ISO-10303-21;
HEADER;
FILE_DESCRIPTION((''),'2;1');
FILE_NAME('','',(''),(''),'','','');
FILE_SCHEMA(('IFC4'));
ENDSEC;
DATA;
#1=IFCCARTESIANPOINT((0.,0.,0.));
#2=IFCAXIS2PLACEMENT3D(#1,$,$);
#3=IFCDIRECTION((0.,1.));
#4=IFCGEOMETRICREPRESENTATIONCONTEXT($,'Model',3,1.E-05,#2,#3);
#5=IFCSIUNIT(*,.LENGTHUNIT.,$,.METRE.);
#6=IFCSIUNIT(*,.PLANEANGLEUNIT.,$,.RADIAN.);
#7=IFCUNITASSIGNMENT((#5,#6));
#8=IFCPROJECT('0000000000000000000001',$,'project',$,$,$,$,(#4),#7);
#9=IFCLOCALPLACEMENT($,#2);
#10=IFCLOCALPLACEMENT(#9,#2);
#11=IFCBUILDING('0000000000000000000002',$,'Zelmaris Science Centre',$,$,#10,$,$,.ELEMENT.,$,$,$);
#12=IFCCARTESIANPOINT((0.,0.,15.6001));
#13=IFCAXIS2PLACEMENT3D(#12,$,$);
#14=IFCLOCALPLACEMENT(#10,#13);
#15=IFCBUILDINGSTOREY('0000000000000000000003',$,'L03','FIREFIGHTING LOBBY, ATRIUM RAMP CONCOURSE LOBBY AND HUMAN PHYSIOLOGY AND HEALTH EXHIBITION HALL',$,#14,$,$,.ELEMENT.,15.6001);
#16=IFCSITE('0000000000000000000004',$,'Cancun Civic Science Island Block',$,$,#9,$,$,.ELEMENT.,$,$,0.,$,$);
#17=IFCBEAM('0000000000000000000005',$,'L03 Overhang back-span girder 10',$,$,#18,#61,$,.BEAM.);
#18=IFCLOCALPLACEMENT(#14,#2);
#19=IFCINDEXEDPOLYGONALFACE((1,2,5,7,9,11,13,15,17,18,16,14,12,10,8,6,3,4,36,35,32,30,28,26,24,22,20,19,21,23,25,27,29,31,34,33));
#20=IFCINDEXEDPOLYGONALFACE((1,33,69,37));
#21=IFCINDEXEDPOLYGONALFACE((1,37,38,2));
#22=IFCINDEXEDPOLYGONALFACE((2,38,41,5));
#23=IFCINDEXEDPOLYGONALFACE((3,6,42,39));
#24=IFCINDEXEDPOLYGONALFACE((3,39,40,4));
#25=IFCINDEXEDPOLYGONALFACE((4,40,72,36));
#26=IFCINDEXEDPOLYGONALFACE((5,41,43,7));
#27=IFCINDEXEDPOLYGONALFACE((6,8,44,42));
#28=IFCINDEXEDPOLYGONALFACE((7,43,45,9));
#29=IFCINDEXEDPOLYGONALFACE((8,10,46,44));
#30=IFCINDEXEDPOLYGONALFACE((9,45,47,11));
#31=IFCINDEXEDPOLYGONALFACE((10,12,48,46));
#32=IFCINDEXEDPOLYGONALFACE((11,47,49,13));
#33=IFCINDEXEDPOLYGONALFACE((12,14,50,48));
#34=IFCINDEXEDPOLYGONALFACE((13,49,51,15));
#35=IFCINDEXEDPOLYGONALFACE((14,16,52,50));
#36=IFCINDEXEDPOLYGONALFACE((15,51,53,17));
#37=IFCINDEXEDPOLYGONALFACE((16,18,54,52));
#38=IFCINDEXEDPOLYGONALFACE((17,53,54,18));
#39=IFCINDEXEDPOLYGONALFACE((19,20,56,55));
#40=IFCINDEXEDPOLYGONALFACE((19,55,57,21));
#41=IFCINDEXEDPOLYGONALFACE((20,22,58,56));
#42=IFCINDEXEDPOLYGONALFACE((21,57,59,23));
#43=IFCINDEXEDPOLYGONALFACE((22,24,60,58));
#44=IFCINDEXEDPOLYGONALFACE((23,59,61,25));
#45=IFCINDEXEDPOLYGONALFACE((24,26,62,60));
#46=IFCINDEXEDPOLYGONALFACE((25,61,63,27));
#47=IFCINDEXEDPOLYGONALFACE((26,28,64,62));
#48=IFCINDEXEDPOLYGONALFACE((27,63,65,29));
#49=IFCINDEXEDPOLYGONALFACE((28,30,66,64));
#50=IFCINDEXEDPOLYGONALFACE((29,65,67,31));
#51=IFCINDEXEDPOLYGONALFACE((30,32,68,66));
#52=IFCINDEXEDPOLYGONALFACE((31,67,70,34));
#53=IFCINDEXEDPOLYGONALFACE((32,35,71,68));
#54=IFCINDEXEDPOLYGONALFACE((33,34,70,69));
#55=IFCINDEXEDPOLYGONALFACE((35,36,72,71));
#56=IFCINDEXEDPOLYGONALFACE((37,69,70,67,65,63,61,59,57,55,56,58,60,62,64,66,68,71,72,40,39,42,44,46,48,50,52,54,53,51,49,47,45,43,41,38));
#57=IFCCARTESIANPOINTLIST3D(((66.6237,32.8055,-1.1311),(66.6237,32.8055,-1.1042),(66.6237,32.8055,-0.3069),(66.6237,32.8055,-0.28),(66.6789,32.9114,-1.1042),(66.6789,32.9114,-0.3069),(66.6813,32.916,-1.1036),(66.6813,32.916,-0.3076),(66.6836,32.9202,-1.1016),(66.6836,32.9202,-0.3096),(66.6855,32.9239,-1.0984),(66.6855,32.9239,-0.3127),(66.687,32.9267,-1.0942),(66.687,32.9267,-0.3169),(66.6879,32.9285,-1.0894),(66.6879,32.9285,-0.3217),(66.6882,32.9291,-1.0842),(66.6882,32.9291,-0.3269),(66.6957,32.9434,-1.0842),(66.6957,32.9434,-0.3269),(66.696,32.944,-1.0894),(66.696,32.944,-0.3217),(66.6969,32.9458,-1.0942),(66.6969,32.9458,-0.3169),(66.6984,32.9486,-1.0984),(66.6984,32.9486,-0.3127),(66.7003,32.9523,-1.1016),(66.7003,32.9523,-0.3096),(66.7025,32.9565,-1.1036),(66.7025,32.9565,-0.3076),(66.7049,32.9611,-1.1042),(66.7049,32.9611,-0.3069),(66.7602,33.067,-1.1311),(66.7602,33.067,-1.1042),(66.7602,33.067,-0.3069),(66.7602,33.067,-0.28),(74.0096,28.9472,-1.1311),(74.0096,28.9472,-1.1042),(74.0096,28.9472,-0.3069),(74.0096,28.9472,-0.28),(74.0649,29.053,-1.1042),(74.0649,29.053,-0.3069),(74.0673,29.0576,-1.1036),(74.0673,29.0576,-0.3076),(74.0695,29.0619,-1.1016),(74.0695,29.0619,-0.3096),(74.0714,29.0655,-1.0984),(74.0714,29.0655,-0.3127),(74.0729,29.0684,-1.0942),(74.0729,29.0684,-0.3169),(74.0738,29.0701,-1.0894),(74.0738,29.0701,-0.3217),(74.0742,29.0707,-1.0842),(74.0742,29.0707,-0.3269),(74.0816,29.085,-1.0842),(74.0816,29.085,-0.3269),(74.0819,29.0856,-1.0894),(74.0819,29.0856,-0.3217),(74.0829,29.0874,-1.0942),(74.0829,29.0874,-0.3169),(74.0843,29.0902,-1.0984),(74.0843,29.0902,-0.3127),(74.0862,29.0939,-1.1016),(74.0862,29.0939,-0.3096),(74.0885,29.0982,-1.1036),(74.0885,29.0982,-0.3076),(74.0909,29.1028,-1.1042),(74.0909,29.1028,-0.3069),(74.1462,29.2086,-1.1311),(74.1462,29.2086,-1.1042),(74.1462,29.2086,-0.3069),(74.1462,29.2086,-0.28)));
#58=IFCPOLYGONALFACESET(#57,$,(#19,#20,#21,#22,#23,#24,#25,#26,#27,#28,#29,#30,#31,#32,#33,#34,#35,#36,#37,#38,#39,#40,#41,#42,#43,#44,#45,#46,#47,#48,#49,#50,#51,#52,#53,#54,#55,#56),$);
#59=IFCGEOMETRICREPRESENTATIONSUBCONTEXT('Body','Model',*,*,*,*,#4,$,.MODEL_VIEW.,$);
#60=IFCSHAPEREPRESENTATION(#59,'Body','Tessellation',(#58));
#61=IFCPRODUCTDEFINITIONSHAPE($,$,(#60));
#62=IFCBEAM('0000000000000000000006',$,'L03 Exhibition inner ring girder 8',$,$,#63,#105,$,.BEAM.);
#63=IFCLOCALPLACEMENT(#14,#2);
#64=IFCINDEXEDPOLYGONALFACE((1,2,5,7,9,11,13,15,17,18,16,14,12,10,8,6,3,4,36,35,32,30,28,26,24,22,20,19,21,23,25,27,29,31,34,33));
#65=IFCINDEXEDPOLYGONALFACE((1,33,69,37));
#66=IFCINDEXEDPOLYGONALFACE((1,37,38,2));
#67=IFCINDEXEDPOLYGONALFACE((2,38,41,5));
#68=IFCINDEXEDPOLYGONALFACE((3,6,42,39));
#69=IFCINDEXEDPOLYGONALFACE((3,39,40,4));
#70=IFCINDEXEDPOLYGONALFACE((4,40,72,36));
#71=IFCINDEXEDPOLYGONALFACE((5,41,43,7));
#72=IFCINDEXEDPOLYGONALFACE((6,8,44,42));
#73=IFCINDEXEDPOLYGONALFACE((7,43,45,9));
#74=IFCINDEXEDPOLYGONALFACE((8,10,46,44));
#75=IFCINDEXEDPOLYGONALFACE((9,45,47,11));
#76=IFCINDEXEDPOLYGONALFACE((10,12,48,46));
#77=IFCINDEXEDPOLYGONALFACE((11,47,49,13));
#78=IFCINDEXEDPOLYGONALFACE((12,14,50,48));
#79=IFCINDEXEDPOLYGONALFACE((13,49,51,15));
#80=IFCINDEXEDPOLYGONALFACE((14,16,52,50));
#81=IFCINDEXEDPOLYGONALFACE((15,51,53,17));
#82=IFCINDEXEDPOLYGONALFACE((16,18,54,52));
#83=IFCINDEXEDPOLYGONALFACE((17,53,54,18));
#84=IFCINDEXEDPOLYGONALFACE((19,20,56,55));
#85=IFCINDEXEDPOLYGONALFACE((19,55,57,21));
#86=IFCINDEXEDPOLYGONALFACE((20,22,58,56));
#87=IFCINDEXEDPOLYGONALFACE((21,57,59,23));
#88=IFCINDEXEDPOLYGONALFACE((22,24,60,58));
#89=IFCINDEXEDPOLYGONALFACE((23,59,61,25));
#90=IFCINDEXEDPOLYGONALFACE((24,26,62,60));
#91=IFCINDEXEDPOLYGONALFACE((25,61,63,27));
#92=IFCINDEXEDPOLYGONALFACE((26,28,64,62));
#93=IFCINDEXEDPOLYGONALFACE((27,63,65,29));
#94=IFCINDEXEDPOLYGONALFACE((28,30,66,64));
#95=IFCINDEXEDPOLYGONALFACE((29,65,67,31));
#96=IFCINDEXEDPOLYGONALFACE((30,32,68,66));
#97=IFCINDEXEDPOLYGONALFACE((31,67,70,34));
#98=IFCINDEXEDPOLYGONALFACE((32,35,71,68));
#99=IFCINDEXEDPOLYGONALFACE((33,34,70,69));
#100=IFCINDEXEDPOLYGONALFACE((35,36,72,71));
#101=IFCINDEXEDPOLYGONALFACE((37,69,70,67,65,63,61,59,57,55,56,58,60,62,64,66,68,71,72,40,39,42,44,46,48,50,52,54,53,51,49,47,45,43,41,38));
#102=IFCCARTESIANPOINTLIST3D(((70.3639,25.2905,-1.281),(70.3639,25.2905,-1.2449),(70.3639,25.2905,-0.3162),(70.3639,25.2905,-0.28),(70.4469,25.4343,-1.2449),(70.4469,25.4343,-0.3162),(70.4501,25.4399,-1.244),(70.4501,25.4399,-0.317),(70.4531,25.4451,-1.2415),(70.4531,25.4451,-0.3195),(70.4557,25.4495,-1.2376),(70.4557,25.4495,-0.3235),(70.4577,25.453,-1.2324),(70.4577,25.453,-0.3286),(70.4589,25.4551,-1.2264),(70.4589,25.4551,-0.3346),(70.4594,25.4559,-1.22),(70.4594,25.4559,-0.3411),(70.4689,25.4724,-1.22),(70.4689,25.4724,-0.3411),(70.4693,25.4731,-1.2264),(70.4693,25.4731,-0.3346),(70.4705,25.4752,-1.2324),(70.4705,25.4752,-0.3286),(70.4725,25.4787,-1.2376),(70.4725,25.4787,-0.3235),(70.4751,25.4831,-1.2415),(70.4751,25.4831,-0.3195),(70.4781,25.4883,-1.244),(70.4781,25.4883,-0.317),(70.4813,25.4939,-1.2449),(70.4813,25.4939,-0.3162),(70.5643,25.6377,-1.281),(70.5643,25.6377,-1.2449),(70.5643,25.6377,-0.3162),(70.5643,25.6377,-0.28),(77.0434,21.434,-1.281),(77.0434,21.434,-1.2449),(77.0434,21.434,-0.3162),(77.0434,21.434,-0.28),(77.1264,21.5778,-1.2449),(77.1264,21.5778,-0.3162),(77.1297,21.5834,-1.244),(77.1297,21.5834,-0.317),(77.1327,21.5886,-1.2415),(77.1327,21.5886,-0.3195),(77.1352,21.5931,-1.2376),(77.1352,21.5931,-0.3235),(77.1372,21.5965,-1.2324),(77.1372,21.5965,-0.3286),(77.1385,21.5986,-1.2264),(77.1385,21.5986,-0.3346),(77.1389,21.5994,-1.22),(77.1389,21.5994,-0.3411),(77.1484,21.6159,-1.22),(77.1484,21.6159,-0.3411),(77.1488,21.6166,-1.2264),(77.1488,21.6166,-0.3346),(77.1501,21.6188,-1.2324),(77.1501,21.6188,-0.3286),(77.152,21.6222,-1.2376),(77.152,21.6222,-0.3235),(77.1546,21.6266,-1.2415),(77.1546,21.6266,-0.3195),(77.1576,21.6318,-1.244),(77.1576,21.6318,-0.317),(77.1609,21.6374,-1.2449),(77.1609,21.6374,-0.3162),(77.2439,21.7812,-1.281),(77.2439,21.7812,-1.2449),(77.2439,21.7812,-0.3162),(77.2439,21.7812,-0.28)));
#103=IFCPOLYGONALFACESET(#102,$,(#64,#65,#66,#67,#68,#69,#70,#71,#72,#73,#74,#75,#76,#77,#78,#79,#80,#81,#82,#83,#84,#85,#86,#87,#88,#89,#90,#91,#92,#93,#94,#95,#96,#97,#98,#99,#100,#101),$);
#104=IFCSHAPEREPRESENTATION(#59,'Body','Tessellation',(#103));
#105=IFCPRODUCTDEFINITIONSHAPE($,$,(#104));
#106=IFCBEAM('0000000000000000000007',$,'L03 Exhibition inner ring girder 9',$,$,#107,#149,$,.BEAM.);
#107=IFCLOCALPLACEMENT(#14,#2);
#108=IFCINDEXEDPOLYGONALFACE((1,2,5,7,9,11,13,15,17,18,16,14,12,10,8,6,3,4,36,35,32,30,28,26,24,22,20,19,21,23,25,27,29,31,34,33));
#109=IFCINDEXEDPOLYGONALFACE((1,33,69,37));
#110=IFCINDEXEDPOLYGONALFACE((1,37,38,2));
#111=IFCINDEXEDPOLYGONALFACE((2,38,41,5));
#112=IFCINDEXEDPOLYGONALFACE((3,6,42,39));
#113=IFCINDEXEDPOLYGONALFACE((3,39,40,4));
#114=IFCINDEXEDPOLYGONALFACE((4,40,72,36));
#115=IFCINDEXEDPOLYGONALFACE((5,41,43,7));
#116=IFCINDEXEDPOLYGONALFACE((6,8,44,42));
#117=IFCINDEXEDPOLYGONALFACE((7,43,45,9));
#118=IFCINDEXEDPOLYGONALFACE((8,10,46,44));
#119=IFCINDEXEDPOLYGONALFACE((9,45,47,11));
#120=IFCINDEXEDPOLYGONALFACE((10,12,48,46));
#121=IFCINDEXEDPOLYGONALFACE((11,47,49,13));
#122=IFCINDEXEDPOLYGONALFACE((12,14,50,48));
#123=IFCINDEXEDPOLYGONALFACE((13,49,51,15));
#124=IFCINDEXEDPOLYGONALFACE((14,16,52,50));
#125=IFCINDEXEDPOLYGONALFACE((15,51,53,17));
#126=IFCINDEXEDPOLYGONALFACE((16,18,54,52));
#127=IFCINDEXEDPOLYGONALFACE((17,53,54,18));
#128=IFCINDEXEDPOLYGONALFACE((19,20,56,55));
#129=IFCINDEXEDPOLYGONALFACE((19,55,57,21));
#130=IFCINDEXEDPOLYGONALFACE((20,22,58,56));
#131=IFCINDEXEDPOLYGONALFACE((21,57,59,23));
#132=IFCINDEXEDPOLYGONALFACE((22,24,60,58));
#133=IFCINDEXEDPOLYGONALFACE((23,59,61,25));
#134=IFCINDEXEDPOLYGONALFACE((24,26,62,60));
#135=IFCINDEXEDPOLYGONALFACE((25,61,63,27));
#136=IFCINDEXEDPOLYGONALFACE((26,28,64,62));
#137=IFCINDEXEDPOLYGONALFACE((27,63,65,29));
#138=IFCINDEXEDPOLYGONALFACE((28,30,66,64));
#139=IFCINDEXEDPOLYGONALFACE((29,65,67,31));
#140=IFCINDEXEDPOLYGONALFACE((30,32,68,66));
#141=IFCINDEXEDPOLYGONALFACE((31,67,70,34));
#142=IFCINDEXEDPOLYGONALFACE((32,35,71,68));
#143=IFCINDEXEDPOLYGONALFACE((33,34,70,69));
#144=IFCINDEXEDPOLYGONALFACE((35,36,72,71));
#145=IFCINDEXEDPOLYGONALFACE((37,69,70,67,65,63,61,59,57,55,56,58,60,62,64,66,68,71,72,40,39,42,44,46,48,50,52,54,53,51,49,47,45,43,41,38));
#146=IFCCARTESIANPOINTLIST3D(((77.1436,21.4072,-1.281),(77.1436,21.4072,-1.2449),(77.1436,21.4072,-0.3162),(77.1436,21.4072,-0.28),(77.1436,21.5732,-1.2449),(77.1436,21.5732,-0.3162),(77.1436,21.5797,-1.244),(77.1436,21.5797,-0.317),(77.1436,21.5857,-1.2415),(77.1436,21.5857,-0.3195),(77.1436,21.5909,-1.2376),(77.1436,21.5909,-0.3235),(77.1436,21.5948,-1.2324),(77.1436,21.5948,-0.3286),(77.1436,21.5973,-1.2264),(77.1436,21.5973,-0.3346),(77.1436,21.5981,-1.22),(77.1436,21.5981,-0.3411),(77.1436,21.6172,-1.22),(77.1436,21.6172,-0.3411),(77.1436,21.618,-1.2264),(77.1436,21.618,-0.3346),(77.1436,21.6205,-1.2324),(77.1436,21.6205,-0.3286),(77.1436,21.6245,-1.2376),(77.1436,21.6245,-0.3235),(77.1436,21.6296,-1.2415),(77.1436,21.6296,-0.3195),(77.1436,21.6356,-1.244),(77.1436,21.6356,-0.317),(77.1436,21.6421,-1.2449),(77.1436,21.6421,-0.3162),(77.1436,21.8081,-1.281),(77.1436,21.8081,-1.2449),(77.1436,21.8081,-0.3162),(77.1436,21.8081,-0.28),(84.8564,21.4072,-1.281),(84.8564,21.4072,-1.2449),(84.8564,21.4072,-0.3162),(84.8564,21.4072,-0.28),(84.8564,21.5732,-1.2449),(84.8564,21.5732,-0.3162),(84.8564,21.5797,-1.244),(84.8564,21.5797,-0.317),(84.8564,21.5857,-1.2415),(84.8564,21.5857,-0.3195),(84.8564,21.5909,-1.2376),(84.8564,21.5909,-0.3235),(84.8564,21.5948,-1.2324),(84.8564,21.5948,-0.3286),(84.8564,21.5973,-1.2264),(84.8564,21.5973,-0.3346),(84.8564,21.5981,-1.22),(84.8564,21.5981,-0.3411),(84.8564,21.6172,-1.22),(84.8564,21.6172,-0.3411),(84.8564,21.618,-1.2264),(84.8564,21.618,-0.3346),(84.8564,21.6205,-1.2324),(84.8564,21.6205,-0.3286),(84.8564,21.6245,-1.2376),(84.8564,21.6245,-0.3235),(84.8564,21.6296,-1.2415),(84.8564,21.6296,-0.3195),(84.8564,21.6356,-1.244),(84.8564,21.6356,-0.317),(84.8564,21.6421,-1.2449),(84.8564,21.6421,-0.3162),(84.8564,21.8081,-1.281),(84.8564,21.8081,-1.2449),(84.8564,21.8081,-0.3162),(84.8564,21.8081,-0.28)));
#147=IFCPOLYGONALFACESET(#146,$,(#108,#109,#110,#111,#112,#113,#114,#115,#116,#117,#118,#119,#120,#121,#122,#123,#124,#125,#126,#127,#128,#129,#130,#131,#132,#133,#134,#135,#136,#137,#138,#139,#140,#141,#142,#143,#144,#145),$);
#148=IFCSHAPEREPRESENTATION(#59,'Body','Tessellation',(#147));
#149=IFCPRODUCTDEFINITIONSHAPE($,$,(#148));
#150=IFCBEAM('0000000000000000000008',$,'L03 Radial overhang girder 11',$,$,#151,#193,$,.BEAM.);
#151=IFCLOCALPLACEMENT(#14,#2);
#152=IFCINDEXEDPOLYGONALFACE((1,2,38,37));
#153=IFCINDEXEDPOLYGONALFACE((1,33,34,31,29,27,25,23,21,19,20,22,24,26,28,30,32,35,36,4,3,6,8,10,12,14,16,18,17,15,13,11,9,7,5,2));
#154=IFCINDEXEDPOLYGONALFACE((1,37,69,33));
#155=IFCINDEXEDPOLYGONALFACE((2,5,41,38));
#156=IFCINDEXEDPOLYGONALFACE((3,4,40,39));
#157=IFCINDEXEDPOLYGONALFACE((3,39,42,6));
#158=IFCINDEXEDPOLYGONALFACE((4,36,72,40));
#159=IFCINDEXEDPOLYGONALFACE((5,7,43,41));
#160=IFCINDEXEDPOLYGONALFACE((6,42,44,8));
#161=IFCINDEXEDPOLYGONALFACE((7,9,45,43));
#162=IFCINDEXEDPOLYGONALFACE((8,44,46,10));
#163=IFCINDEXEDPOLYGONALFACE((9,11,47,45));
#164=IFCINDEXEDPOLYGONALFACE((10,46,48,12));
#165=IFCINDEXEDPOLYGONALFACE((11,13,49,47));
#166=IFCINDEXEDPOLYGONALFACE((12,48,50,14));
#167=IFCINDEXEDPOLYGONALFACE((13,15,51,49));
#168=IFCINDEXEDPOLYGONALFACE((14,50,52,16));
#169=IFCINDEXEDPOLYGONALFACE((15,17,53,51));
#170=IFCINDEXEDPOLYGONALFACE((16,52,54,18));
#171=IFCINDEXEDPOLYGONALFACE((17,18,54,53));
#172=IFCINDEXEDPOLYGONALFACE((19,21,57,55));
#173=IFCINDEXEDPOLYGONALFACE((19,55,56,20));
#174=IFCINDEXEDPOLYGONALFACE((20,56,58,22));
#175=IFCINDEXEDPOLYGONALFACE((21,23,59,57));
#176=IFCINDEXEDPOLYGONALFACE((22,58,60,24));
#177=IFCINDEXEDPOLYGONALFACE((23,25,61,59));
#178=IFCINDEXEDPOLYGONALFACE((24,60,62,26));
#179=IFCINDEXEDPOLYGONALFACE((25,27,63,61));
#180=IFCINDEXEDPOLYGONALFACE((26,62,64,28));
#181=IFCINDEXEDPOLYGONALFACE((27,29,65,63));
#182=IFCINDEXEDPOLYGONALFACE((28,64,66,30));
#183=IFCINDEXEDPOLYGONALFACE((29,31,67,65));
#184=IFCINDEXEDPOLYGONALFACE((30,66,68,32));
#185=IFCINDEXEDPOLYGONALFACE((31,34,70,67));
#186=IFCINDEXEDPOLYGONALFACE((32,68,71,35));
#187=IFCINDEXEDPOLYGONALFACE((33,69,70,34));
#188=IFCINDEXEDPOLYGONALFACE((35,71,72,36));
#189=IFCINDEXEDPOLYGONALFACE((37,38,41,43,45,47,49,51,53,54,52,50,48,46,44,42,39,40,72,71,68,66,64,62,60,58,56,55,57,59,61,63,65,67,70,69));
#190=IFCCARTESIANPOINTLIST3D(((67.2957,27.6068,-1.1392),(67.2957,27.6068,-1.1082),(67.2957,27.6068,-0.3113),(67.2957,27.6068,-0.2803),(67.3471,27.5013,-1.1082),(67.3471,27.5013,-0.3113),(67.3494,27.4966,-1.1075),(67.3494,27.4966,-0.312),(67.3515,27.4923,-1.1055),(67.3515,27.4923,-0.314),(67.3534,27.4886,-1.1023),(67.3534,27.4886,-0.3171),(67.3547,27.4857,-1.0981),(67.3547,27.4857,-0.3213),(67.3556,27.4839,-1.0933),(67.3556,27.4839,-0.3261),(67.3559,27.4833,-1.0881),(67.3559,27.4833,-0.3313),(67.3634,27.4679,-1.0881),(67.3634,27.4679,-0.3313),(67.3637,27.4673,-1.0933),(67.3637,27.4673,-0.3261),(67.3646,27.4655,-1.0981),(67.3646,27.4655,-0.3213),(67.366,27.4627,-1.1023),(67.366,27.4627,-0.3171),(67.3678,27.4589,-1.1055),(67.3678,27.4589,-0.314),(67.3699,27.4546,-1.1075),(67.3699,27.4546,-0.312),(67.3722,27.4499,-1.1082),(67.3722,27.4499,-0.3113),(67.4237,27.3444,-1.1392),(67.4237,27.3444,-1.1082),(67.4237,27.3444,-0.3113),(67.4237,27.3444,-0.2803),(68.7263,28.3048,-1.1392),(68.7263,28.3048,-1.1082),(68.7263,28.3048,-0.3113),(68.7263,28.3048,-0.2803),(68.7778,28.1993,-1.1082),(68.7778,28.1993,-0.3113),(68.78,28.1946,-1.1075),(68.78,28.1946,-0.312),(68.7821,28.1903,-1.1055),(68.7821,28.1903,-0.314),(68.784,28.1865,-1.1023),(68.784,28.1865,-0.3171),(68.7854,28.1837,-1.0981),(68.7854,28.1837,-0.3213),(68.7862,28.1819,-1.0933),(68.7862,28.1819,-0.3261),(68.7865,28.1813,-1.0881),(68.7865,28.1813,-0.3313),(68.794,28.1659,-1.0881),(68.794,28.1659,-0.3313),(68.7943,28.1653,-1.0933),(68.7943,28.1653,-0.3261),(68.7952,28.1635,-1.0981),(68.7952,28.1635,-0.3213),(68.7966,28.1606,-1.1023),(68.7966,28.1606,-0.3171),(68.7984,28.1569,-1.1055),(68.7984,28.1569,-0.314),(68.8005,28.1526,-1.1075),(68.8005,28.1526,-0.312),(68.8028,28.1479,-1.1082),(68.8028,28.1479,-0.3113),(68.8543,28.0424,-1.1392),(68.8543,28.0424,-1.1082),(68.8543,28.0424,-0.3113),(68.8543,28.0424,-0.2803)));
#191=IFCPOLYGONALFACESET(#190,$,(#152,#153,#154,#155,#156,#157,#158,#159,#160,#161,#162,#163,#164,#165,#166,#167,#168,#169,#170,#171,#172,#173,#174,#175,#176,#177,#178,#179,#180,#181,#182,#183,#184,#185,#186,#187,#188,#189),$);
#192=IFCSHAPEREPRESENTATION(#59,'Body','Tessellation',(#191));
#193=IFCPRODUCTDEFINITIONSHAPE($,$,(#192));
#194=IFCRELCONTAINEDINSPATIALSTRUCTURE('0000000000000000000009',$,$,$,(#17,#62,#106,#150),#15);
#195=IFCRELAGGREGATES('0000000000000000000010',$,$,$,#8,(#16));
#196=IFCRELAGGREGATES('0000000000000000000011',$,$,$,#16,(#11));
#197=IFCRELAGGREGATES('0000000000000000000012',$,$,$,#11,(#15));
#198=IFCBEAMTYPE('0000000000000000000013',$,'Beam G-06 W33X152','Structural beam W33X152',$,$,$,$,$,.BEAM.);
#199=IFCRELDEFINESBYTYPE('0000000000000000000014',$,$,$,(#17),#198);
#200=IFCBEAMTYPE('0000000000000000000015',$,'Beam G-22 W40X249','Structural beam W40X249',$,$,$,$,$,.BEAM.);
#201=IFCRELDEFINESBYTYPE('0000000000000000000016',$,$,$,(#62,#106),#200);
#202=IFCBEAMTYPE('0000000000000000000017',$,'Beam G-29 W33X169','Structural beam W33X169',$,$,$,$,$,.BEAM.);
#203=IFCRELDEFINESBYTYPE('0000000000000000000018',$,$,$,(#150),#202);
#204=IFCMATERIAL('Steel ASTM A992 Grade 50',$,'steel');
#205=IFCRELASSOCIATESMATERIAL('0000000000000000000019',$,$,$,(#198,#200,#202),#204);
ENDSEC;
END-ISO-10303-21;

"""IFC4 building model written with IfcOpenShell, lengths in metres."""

from ifc_helpers import new_model, si_unit, direction, frame, origin, origin_2d, place, context, subcontext, project, spatial, i_section, extrude, material, material_profile, profile_set, type_object, element, save


model = new_model("IFC4")

# Units and contexts
model_context = context("Model", 3, precision=1e-05, world=origin(), true_north=direction((0.0, 1.0)))
body_context = subcontext(model_context, "Body", "Model", "MODEL_VIEW")
ifc_project = project(units=[si_unit("LENGTHUNIT", "METRE"), si_unit("PLANEANGLEUNIT", "RADIAN")], contexts=[model_context])

# Site, building, storey
site_placement = place(None, origin())
site = spatial("IfcSite", under=ifc_project, at=site_placement, Name="Cancun Civic Science Island Block", CompositionType="ELEMENT", RefElevation=0.0)
building_placement = place(site_placement, origin())
building = spatial("IfcBuilding", under=site, at=building_placement, Name="Zelmaris Science Centre", CompositionType="ELEMENT")
storey_placement = place(building_placement, frame((0.0, 0.0, 15.6001)))
storey = spatial("IfcBuildingStorey", under=building, at=storey_placement, Name="L03", Description="FIREFIGHTING LOBBY, ATRIUM RAMP CONCOURSE LOBBY AND HUMAN PHYSIOLOGY AND HEALTH EXHIBITION HALL", CompositionType="ELEMENT", Elevation=15.6001)

# Shared definitions
ifc_material_1 = material(Name="Steel ASTM A992 Grade 50", Category="steel")

# Beams
ifc_material_profile_1 = material_profile(ifc_material_1, i_section(OverallWidth=0.2949, OverallDepth=0.8511, WebThickness=0.0161, FlangeThickness=0.0269, FilletRadius=0.02, at=origin_2d()), Name="W33X152")
ifc_profile_set_1 = profile_set([ifc_material_profile_1], Name="Steel ASTM A992 Grade 50")
beam_type_1 = type_object("IfcBeamType", Name="Beam G-06 W33X152", Description="Structural beam W33X152", PredefinedType="BEAM", material=ifc_profile_set_1)
beam_1_placement = place(storey_placement, frame((74.0779, 29.0779, -0.7056), z_axis=(-0.886347, 0.463023, 0.0), x_axis=(-0.463023, -0.886347, 0.0)))
element("IfcBeam", 1, at=beam_1_placement, inside=storey, type_object=beam_type_1, Name="L03 Overhang back-span girder 10", PredefinedType="BEAM", context=body_context, shape_type="SweptSolid", body=[
    extrude(i_section(OverallWidth=0.2949, OverallDepth=0.8511, WebThickness=0.0161, FlangeThickness=0.0269, FilletRadius=0.02, at=origin_2d()), origin(), (0.0, 0.0, 1.0), 8.333),
])
ifc_material_profile_2 = material_profile(ifc_material_1, i_section(OverallWidth=0.4009, OverallDepth=1.001, WebThickness=0.019, FlangeThickness=0.0361, FilletRadius=0.0249, at=origin_2d()), Name="W40X249")
ifc_profile_set_2 = profile_set([ifc_material_profile_2], Name="Steel ASTM A992 Grade 50")
beam_type_2 = type_object("IfcBeamType", Name="Beam G-22 W40X249", Description="Structural beam W40X249", PredefinedType="BEAM", material=ifc_profile_set_2)
for number, where, z_axis, x_axis, name in (
    (2, (70.4641, 25.4641, -0.7805), (0.866022, -0.500007, 0.0), (0.500007, 0.866022, 0.0), "L03 Exhibition inner ring girder 8"),
    (3, (77.1436, 21.6077, -0.7805), (1.0, 0.0, 0.0), (0.0, 1.0, 0.0), "L03 Exhibition inner ring girder 9"),
):
    element("IfcBeam", number, at=place(storey_placement, frame(where, z_axis=z_axis, x_axis=x_axis)), inside=storey, type_object=beam_type_2, Name=name, PredefinedType="BEAM", context=body_context, shape_type="SweptSolid", body=[
        extrude(i_section(OverallWidth=0.4009, OverallDepth=1.001, WebThickness=0.019, FlangeThickness=0.0361, FilletRadius=0.0249, at=origin_2d()), origin(), (0.0, 0.0, 1.0), 7.7129),
    ])
ifc_material_profile_3 = material_profile(ifc_material_1, i_section(OverallWidth=0.292, OverallDepth=0.8589, WebThickness=0.0171, FlangeThickness=0.031, FilletRadius=0.02, at=origin_2d()), Name="W33X169")
ifc_profile_set_3 = profile_set([ifc_material_profile_3], Name="Steel ASTM A992 Grade 50")
beam_type_3 = type_object("IfcBeamType", Name="Beam G-29 W33X169", Description="Structural beam W33X169", PredefinedType="BEAM", material=ifc_profile_set_3)
beam_2_placement = place(storey_placement, frame((68.7903, 28.1736, -0.7097), z_axis=(-0.89874, -0.438481, 0.0), x_axis=(0.438481, -0.89874, 0.0)))
element("IfcBeam", 4, at=beam_2_placement, inside=storey, type_object=beam_type_3, Name="L03 Radial overhang girder 11", PredefinedType="BEAM", context=body_context, shape_type="SweptSolid", body=[
    extrude(i_section(OverallWidth=0.292, OverallDepth=0.8589, WebThickness=0.0171, FlangeThickness=0.031, FilletRadius=0.02, at=origin_2d()), origin(), (0.0, 0.0, 1.0), 1.5918),
])

save(model, "model.ifc")
